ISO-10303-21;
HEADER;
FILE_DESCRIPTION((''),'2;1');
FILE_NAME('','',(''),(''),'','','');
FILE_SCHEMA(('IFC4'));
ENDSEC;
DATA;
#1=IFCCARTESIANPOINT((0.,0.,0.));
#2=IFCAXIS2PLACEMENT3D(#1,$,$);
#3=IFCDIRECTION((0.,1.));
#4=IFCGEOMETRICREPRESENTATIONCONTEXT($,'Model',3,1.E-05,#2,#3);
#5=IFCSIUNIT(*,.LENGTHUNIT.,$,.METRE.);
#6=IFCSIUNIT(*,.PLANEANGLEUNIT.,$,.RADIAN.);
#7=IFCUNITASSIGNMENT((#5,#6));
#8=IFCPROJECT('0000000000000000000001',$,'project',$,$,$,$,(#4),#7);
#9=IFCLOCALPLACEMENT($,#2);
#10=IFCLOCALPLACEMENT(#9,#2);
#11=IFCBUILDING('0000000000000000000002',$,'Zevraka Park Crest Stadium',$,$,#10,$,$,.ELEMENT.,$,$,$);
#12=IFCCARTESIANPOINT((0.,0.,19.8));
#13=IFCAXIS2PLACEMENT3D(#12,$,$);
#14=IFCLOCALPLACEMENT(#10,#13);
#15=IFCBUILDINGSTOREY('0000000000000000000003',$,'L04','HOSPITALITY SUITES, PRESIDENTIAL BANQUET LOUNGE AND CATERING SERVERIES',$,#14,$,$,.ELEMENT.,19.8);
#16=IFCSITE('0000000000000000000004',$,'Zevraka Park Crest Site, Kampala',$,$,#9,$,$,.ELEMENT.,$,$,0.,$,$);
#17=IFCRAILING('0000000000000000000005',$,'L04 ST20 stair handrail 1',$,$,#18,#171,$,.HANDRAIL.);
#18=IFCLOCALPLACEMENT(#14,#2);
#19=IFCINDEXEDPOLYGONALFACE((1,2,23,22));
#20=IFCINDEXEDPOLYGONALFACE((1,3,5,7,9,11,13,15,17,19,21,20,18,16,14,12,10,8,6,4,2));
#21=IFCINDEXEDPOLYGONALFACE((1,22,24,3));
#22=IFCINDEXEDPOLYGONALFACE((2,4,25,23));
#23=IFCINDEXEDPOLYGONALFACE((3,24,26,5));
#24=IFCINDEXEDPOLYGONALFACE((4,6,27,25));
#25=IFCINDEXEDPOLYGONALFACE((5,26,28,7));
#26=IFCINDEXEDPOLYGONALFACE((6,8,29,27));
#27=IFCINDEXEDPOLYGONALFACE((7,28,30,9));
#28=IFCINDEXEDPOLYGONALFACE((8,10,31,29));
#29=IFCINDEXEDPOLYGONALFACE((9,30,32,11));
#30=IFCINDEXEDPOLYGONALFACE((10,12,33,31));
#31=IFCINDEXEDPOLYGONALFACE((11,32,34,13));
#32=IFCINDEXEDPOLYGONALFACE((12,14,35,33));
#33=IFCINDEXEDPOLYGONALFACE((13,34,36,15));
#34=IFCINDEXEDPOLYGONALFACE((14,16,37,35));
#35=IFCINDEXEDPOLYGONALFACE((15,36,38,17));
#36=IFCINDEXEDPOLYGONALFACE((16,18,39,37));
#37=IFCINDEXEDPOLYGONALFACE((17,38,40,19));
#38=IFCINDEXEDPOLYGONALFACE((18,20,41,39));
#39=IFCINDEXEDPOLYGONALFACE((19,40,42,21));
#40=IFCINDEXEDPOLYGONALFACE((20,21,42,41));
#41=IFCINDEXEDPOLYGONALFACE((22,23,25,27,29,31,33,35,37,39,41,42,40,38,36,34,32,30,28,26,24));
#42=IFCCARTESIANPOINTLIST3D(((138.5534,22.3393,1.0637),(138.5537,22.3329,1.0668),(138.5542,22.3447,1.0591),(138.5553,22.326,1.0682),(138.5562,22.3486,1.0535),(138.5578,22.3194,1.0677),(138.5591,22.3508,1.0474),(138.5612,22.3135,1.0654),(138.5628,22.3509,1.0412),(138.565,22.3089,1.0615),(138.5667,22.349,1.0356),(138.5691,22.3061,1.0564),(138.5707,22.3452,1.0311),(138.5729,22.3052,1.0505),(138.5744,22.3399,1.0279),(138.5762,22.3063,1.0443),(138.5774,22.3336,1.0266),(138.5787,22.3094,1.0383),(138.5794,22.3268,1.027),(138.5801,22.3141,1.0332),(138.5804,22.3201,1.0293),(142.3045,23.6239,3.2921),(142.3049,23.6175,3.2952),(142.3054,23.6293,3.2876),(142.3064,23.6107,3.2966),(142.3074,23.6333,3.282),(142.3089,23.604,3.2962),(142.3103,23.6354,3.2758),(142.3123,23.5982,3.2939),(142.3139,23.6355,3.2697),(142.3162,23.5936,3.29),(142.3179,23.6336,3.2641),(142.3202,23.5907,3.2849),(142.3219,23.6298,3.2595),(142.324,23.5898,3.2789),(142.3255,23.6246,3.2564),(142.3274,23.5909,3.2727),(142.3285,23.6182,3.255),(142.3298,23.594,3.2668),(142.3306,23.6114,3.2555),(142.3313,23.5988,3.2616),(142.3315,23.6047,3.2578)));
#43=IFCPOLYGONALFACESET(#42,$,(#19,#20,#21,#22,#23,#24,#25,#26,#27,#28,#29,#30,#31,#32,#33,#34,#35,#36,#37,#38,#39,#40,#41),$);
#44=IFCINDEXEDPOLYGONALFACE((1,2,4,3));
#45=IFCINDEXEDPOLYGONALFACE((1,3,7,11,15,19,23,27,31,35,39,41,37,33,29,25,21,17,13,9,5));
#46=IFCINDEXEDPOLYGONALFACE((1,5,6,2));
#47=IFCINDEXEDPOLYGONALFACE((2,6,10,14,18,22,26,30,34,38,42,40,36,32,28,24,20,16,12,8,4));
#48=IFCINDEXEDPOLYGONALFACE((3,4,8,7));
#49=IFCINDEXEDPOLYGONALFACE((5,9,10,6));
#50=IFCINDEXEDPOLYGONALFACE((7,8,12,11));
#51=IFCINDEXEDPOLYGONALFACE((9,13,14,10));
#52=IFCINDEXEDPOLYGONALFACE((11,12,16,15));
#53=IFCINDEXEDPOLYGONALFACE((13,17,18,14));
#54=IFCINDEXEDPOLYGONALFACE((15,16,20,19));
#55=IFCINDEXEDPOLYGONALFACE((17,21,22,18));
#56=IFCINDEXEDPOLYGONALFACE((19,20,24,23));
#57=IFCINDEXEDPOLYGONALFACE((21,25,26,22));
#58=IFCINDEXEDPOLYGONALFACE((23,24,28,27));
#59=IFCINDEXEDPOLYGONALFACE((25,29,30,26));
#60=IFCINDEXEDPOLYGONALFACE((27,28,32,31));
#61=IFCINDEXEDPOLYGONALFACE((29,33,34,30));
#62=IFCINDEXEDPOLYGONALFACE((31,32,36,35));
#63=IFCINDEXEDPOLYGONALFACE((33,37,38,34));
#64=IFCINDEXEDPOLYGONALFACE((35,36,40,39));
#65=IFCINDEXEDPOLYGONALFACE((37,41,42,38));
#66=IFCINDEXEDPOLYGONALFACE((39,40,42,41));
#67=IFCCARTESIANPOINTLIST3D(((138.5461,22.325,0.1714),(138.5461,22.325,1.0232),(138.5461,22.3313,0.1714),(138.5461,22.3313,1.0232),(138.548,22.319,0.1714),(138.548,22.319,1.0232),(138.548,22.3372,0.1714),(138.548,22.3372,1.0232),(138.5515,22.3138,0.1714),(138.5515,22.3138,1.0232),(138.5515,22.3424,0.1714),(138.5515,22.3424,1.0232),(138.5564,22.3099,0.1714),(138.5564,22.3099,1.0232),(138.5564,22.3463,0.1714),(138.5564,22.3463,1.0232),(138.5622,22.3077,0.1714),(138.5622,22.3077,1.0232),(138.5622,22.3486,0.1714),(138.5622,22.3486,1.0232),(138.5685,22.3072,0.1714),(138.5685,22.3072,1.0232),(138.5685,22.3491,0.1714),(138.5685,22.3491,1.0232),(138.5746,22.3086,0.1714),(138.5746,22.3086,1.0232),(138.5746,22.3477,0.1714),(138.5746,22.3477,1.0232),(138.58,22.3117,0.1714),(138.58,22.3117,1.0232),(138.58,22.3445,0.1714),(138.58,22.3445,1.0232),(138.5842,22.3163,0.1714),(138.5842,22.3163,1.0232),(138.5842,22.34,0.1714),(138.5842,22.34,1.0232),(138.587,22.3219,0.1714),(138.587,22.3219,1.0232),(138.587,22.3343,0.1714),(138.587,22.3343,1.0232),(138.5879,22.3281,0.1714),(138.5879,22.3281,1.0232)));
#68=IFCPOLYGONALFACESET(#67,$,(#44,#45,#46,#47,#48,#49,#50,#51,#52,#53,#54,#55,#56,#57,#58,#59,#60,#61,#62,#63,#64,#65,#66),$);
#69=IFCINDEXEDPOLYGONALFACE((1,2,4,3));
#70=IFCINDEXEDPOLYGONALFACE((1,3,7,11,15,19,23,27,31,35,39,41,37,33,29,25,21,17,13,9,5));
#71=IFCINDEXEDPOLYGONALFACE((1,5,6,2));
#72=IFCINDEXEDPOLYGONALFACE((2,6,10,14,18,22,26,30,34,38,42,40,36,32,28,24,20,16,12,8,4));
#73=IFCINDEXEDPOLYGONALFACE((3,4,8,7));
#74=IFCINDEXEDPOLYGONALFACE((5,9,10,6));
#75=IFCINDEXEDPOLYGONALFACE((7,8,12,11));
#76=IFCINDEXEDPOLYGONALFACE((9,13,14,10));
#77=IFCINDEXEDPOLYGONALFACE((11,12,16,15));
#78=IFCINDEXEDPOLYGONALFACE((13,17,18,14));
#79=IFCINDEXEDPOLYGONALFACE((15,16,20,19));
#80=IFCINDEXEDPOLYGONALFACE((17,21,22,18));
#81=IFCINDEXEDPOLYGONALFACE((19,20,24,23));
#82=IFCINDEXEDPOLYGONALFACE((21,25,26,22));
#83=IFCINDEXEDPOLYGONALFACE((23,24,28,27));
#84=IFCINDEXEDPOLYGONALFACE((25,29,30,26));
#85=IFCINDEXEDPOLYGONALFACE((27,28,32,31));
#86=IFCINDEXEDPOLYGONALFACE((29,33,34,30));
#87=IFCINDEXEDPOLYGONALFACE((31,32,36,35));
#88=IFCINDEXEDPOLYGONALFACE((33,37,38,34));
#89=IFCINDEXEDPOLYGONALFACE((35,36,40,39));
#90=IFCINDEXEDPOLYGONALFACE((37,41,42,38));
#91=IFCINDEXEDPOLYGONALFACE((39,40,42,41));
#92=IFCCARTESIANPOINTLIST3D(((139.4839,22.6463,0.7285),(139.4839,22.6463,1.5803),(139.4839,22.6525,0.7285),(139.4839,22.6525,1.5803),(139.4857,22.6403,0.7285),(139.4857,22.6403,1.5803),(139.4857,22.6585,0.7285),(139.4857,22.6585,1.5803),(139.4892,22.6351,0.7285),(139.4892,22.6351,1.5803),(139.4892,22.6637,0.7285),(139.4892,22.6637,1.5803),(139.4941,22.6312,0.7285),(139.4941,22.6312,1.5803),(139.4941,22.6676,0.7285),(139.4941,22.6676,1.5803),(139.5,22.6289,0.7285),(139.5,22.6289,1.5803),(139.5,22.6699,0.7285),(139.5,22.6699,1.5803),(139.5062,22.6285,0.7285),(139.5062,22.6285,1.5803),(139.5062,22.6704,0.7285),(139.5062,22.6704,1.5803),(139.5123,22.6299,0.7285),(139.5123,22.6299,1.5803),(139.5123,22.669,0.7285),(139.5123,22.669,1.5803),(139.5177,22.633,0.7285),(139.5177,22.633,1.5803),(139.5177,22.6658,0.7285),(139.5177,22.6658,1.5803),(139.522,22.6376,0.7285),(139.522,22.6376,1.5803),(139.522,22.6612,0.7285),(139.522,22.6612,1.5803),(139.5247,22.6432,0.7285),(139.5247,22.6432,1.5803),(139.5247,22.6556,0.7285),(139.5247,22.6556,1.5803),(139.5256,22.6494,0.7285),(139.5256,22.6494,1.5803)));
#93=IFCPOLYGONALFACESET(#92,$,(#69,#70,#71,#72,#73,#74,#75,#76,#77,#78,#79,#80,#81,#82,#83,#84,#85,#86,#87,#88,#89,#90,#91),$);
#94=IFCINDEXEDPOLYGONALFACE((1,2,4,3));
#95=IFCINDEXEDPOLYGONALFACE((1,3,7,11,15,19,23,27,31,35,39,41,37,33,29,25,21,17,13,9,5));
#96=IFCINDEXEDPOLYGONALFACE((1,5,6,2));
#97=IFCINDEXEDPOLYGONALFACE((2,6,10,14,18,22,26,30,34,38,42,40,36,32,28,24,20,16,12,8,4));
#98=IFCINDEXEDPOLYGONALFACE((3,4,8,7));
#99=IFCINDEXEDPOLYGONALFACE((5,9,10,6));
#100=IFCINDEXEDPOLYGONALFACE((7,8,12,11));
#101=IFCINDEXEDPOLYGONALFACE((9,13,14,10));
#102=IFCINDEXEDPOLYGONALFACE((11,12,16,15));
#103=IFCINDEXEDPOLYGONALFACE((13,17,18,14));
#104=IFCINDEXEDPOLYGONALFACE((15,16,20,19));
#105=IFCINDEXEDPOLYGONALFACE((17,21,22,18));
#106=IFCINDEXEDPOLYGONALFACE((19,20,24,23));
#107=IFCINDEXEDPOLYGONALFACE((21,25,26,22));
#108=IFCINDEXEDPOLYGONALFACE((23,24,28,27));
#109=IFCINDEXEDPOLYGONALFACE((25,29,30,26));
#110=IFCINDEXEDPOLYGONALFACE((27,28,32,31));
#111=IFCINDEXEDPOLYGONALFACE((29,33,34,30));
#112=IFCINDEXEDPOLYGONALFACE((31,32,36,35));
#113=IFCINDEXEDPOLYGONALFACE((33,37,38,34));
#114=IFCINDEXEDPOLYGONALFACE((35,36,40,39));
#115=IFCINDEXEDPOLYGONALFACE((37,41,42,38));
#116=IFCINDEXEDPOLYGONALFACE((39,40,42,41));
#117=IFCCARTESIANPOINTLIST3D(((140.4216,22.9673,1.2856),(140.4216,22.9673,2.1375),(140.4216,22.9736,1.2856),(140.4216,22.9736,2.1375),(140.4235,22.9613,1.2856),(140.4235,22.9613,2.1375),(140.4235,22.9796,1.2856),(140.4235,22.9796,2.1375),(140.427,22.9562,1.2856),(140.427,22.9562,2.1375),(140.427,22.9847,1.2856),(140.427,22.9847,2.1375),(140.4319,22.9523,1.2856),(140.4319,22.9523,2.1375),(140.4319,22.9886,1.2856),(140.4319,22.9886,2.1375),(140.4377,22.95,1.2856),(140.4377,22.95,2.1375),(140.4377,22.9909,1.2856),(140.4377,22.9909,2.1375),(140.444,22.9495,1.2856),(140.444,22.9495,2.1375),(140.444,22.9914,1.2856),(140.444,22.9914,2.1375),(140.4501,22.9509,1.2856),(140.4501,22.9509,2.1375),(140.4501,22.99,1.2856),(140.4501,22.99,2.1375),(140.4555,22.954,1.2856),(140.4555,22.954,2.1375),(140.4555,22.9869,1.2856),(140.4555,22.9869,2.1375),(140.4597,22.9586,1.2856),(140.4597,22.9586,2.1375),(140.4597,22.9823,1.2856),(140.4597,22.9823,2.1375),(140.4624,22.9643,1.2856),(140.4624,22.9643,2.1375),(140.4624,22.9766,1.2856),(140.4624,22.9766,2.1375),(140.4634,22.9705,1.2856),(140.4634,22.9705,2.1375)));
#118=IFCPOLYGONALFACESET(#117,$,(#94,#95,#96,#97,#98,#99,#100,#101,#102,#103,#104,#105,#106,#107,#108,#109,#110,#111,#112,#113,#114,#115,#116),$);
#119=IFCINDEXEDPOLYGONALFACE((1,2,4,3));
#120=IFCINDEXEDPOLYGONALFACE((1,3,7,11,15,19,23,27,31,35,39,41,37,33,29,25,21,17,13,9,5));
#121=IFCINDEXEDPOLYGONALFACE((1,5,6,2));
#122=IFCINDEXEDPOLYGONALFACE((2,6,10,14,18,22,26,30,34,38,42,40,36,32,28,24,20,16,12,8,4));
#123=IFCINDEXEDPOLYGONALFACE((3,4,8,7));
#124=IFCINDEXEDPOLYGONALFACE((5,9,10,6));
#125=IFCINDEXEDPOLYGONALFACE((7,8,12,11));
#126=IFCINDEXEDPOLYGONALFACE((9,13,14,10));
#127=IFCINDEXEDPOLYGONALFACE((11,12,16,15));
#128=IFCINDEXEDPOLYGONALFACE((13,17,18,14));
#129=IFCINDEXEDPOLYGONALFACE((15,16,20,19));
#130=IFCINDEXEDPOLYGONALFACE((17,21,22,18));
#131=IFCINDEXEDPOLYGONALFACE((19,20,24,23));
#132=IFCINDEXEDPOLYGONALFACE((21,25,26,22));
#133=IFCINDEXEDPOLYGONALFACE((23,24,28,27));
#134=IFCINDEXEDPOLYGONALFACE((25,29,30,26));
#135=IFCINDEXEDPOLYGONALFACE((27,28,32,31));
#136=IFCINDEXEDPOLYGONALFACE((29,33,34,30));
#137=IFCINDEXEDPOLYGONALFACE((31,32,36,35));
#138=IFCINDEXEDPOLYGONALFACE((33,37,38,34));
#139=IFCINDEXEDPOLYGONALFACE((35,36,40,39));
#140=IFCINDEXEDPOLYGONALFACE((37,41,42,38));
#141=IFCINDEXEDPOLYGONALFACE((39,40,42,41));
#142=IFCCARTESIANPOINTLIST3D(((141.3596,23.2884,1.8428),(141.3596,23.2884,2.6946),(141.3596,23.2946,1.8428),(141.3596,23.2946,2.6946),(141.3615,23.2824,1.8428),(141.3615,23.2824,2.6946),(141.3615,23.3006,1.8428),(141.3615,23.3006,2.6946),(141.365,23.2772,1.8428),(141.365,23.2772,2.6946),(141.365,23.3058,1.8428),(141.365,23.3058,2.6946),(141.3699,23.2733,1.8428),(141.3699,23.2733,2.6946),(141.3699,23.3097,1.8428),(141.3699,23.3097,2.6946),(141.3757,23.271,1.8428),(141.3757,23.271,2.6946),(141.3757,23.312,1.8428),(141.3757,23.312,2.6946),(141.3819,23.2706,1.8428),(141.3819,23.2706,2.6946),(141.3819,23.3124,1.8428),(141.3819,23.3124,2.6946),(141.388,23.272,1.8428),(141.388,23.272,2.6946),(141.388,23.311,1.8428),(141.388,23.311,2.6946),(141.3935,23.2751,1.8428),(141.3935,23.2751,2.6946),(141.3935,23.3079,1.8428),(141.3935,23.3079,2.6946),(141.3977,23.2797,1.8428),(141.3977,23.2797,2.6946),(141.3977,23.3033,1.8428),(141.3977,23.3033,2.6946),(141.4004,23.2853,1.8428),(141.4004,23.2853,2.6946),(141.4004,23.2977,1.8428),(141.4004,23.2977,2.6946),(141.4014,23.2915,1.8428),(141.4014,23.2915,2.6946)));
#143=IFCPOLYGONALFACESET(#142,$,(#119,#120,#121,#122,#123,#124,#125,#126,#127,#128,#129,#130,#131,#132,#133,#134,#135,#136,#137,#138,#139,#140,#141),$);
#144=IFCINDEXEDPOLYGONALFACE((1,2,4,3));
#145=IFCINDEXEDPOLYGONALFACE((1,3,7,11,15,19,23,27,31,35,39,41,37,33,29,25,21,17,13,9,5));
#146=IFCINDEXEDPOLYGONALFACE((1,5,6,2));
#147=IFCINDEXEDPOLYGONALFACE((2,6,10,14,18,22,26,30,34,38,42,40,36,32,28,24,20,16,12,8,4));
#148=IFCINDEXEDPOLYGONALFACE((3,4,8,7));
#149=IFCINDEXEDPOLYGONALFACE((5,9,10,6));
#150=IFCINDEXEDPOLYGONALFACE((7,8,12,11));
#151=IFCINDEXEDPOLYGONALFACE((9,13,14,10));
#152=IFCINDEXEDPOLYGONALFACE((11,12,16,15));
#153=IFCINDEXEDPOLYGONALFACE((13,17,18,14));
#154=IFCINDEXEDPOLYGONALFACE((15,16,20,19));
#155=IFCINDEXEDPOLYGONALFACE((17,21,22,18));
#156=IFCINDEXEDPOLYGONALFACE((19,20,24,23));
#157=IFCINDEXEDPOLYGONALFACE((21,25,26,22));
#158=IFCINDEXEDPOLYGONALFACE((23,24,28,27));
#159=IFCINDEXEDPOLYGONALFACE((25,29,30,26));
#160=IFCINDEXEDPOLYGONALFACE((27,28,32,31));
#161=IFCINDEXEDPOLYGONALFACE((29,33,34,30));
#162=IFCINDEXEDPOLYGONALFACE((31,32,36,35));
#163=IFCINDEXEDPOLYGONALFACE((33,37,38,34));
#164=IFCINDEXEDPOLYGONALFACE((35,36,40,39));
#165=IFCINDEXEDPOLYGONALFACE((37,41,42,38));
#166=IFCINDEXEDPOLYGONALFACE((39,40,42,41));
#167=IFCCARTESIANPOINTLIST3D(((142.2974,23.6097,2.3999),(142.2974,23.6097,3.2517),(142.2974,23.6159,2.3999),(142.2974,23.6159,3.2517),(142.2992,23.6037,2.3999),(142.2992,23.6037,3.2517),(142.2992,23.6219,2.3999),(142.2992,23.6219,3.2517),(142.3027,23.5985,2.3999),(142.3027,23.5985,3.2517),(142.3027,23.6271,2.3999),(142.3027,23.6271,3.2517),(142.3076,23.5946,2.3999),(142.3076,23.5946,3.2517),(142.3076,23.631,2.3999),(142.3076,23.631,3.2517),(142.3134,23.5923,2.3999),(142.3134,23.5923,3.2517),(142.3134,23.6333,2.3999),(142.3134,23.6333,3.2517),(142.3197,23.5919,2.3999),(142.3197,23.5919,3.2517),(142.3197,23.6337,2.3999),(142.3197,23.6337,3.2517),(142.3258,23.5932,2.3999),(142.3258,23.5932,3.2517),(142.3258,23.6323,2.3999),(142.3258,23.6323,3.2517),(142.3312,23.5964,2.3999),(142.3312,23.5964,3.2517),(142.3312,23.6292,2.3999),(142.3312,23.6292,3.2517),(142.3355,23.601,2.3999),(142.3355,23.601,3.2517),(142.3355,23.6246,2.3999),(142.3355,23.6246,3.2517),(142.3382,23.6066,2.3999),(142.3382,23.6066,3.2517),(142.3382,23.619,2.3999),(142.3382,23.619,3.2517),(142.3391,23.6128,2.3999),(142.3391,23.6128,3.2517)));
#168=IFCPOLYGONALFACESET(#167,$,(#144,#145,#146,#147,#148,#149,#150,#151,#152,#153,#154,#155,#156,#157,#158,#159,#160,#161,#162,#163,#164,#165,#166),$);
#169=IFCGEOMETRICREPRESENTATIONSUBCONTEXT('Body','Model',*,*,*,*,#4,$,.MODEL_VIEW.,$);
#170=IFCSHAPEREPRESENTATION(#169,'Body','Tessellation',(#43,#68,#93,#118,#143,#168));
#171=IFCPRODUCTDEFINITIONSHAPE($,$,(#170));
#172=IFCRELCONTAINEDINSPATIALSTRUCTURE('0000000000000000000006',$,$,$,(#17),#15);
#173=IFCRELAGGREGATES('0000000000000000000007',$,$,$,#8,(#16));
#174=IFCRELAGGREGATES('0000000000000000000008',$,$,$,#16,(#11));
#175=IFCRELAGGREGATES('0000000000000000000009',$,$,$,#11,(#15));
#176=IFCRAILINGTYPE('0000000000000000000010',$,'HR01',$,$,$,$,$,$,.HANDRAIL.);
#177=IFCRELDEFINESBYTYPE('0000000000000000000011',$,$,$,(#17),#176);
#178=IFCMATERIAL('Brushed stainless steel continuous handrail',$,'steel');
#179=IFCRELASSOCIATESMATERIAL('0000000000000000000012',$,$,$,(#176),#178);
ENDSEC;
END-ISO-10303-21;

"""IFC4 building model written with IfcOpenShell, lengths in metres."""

from ifc_helpers import new_model, si_unit, direction, frame, origin, origin_2d, place, context, subcontext, project, spatial, circle, extrude, material, type_object, element, save


model = new_model("IFC4")

# Units and contexts
model_context = context("Model", 3, precision=1e-05, world=origin(), true_north=direction((0.0, 1.0)))
body_context = subcontext(model_context, "Body", "Model", "MODEL_VIEW")
ifc_project = project(units=[si_unit("LENGTHUNIT", "METRE"), si_unit("PLANEANGLEUNIT", "RADIAN")], contexts=[model_context])

# Site, building, storey
site_placement = place(None, origin())
site = spatial("IfcSite", under=ifc_project, at=site_placement, Name="Zevraka Park Crest Site, Kampala", CompositionType="ELEMENT", RefElevation=0.0)
building_placement = place(site_placement, origin())
building = spatial("IfcBuilding", under=site, at=building_placement, Name="Zevraka Park Crest Stadium", CompositionType="ELEMENT")
storey_placement = place(building_placement, frame((0.0, 0.0, 19.8)))
storey = spatial("IfcBuildingStorey", under=building, at=storey_placement, Name="L04", Description="HOSPITALITY SUITES, PRESIDENTIAL BANQUET LOUNGE AND CATERING SERVERIES", CompositionType="ELEMENT", Elevation=19.8)

# Railing
ifc_material_1 = material(Name="Brushed stainless steel continuous handrail", Category="steel")
railing_type_1 = type_object("IfcRailingType", Name="HR01", PredefinedType="HANDRAIL", material=ifc_material_1)
railing_1_placement = place(storey_placement, frame((138.5669, 22.3281, 0.1714)))
element("IfcRailing", 1, at=railing_1_placement, inside=storey, type_object=railing_type_1, Name="L04 ST20 stair handrail 1", PredefinedType="HANDRAIL", context=body_context, shape_type="SweptSolid", body=[
    extrude(circle(Radius=0.0239, at=origin_2d()), frame((0.0, 0.0, 0.876), z_axis=(0.824727, 0.282441, 0.489952), x_axis=(-0.323994, 0.946059, 0.0)), (0.0, 0.0, 1.0), 4.5483),
    extrude(circle(Radius=0.021, at=origin_2d()), origin(), (0.0, 0.0, 1.0), 0.8518),
    extrude(circle(Radius=0.021, at=origin_2d()), frame((0.9377, 0.3213, 0.5571)), (0.0, 0.0, 1.0), 0.8518),
    extrude(circle(Radius=0.021, at=origin_2d()), frame((1.8755, 0.6423, 1.1143)), (0.0, 0.0, 1.0), 0.8518),
    extrude(circle(Radius=0.021, at=origin_2d()), frame((2.8135, 0.9634, 1.6714)), (0.0, 0.0, 1.0), 0.8518),
    extrude(circle(Radius=0.021, at=origin_2d()), frame((3.7512, 1.2847, 2.2285)), (0.0, 0.0, 1.0), 0.8518),
])

save(model, "model.ifc")
